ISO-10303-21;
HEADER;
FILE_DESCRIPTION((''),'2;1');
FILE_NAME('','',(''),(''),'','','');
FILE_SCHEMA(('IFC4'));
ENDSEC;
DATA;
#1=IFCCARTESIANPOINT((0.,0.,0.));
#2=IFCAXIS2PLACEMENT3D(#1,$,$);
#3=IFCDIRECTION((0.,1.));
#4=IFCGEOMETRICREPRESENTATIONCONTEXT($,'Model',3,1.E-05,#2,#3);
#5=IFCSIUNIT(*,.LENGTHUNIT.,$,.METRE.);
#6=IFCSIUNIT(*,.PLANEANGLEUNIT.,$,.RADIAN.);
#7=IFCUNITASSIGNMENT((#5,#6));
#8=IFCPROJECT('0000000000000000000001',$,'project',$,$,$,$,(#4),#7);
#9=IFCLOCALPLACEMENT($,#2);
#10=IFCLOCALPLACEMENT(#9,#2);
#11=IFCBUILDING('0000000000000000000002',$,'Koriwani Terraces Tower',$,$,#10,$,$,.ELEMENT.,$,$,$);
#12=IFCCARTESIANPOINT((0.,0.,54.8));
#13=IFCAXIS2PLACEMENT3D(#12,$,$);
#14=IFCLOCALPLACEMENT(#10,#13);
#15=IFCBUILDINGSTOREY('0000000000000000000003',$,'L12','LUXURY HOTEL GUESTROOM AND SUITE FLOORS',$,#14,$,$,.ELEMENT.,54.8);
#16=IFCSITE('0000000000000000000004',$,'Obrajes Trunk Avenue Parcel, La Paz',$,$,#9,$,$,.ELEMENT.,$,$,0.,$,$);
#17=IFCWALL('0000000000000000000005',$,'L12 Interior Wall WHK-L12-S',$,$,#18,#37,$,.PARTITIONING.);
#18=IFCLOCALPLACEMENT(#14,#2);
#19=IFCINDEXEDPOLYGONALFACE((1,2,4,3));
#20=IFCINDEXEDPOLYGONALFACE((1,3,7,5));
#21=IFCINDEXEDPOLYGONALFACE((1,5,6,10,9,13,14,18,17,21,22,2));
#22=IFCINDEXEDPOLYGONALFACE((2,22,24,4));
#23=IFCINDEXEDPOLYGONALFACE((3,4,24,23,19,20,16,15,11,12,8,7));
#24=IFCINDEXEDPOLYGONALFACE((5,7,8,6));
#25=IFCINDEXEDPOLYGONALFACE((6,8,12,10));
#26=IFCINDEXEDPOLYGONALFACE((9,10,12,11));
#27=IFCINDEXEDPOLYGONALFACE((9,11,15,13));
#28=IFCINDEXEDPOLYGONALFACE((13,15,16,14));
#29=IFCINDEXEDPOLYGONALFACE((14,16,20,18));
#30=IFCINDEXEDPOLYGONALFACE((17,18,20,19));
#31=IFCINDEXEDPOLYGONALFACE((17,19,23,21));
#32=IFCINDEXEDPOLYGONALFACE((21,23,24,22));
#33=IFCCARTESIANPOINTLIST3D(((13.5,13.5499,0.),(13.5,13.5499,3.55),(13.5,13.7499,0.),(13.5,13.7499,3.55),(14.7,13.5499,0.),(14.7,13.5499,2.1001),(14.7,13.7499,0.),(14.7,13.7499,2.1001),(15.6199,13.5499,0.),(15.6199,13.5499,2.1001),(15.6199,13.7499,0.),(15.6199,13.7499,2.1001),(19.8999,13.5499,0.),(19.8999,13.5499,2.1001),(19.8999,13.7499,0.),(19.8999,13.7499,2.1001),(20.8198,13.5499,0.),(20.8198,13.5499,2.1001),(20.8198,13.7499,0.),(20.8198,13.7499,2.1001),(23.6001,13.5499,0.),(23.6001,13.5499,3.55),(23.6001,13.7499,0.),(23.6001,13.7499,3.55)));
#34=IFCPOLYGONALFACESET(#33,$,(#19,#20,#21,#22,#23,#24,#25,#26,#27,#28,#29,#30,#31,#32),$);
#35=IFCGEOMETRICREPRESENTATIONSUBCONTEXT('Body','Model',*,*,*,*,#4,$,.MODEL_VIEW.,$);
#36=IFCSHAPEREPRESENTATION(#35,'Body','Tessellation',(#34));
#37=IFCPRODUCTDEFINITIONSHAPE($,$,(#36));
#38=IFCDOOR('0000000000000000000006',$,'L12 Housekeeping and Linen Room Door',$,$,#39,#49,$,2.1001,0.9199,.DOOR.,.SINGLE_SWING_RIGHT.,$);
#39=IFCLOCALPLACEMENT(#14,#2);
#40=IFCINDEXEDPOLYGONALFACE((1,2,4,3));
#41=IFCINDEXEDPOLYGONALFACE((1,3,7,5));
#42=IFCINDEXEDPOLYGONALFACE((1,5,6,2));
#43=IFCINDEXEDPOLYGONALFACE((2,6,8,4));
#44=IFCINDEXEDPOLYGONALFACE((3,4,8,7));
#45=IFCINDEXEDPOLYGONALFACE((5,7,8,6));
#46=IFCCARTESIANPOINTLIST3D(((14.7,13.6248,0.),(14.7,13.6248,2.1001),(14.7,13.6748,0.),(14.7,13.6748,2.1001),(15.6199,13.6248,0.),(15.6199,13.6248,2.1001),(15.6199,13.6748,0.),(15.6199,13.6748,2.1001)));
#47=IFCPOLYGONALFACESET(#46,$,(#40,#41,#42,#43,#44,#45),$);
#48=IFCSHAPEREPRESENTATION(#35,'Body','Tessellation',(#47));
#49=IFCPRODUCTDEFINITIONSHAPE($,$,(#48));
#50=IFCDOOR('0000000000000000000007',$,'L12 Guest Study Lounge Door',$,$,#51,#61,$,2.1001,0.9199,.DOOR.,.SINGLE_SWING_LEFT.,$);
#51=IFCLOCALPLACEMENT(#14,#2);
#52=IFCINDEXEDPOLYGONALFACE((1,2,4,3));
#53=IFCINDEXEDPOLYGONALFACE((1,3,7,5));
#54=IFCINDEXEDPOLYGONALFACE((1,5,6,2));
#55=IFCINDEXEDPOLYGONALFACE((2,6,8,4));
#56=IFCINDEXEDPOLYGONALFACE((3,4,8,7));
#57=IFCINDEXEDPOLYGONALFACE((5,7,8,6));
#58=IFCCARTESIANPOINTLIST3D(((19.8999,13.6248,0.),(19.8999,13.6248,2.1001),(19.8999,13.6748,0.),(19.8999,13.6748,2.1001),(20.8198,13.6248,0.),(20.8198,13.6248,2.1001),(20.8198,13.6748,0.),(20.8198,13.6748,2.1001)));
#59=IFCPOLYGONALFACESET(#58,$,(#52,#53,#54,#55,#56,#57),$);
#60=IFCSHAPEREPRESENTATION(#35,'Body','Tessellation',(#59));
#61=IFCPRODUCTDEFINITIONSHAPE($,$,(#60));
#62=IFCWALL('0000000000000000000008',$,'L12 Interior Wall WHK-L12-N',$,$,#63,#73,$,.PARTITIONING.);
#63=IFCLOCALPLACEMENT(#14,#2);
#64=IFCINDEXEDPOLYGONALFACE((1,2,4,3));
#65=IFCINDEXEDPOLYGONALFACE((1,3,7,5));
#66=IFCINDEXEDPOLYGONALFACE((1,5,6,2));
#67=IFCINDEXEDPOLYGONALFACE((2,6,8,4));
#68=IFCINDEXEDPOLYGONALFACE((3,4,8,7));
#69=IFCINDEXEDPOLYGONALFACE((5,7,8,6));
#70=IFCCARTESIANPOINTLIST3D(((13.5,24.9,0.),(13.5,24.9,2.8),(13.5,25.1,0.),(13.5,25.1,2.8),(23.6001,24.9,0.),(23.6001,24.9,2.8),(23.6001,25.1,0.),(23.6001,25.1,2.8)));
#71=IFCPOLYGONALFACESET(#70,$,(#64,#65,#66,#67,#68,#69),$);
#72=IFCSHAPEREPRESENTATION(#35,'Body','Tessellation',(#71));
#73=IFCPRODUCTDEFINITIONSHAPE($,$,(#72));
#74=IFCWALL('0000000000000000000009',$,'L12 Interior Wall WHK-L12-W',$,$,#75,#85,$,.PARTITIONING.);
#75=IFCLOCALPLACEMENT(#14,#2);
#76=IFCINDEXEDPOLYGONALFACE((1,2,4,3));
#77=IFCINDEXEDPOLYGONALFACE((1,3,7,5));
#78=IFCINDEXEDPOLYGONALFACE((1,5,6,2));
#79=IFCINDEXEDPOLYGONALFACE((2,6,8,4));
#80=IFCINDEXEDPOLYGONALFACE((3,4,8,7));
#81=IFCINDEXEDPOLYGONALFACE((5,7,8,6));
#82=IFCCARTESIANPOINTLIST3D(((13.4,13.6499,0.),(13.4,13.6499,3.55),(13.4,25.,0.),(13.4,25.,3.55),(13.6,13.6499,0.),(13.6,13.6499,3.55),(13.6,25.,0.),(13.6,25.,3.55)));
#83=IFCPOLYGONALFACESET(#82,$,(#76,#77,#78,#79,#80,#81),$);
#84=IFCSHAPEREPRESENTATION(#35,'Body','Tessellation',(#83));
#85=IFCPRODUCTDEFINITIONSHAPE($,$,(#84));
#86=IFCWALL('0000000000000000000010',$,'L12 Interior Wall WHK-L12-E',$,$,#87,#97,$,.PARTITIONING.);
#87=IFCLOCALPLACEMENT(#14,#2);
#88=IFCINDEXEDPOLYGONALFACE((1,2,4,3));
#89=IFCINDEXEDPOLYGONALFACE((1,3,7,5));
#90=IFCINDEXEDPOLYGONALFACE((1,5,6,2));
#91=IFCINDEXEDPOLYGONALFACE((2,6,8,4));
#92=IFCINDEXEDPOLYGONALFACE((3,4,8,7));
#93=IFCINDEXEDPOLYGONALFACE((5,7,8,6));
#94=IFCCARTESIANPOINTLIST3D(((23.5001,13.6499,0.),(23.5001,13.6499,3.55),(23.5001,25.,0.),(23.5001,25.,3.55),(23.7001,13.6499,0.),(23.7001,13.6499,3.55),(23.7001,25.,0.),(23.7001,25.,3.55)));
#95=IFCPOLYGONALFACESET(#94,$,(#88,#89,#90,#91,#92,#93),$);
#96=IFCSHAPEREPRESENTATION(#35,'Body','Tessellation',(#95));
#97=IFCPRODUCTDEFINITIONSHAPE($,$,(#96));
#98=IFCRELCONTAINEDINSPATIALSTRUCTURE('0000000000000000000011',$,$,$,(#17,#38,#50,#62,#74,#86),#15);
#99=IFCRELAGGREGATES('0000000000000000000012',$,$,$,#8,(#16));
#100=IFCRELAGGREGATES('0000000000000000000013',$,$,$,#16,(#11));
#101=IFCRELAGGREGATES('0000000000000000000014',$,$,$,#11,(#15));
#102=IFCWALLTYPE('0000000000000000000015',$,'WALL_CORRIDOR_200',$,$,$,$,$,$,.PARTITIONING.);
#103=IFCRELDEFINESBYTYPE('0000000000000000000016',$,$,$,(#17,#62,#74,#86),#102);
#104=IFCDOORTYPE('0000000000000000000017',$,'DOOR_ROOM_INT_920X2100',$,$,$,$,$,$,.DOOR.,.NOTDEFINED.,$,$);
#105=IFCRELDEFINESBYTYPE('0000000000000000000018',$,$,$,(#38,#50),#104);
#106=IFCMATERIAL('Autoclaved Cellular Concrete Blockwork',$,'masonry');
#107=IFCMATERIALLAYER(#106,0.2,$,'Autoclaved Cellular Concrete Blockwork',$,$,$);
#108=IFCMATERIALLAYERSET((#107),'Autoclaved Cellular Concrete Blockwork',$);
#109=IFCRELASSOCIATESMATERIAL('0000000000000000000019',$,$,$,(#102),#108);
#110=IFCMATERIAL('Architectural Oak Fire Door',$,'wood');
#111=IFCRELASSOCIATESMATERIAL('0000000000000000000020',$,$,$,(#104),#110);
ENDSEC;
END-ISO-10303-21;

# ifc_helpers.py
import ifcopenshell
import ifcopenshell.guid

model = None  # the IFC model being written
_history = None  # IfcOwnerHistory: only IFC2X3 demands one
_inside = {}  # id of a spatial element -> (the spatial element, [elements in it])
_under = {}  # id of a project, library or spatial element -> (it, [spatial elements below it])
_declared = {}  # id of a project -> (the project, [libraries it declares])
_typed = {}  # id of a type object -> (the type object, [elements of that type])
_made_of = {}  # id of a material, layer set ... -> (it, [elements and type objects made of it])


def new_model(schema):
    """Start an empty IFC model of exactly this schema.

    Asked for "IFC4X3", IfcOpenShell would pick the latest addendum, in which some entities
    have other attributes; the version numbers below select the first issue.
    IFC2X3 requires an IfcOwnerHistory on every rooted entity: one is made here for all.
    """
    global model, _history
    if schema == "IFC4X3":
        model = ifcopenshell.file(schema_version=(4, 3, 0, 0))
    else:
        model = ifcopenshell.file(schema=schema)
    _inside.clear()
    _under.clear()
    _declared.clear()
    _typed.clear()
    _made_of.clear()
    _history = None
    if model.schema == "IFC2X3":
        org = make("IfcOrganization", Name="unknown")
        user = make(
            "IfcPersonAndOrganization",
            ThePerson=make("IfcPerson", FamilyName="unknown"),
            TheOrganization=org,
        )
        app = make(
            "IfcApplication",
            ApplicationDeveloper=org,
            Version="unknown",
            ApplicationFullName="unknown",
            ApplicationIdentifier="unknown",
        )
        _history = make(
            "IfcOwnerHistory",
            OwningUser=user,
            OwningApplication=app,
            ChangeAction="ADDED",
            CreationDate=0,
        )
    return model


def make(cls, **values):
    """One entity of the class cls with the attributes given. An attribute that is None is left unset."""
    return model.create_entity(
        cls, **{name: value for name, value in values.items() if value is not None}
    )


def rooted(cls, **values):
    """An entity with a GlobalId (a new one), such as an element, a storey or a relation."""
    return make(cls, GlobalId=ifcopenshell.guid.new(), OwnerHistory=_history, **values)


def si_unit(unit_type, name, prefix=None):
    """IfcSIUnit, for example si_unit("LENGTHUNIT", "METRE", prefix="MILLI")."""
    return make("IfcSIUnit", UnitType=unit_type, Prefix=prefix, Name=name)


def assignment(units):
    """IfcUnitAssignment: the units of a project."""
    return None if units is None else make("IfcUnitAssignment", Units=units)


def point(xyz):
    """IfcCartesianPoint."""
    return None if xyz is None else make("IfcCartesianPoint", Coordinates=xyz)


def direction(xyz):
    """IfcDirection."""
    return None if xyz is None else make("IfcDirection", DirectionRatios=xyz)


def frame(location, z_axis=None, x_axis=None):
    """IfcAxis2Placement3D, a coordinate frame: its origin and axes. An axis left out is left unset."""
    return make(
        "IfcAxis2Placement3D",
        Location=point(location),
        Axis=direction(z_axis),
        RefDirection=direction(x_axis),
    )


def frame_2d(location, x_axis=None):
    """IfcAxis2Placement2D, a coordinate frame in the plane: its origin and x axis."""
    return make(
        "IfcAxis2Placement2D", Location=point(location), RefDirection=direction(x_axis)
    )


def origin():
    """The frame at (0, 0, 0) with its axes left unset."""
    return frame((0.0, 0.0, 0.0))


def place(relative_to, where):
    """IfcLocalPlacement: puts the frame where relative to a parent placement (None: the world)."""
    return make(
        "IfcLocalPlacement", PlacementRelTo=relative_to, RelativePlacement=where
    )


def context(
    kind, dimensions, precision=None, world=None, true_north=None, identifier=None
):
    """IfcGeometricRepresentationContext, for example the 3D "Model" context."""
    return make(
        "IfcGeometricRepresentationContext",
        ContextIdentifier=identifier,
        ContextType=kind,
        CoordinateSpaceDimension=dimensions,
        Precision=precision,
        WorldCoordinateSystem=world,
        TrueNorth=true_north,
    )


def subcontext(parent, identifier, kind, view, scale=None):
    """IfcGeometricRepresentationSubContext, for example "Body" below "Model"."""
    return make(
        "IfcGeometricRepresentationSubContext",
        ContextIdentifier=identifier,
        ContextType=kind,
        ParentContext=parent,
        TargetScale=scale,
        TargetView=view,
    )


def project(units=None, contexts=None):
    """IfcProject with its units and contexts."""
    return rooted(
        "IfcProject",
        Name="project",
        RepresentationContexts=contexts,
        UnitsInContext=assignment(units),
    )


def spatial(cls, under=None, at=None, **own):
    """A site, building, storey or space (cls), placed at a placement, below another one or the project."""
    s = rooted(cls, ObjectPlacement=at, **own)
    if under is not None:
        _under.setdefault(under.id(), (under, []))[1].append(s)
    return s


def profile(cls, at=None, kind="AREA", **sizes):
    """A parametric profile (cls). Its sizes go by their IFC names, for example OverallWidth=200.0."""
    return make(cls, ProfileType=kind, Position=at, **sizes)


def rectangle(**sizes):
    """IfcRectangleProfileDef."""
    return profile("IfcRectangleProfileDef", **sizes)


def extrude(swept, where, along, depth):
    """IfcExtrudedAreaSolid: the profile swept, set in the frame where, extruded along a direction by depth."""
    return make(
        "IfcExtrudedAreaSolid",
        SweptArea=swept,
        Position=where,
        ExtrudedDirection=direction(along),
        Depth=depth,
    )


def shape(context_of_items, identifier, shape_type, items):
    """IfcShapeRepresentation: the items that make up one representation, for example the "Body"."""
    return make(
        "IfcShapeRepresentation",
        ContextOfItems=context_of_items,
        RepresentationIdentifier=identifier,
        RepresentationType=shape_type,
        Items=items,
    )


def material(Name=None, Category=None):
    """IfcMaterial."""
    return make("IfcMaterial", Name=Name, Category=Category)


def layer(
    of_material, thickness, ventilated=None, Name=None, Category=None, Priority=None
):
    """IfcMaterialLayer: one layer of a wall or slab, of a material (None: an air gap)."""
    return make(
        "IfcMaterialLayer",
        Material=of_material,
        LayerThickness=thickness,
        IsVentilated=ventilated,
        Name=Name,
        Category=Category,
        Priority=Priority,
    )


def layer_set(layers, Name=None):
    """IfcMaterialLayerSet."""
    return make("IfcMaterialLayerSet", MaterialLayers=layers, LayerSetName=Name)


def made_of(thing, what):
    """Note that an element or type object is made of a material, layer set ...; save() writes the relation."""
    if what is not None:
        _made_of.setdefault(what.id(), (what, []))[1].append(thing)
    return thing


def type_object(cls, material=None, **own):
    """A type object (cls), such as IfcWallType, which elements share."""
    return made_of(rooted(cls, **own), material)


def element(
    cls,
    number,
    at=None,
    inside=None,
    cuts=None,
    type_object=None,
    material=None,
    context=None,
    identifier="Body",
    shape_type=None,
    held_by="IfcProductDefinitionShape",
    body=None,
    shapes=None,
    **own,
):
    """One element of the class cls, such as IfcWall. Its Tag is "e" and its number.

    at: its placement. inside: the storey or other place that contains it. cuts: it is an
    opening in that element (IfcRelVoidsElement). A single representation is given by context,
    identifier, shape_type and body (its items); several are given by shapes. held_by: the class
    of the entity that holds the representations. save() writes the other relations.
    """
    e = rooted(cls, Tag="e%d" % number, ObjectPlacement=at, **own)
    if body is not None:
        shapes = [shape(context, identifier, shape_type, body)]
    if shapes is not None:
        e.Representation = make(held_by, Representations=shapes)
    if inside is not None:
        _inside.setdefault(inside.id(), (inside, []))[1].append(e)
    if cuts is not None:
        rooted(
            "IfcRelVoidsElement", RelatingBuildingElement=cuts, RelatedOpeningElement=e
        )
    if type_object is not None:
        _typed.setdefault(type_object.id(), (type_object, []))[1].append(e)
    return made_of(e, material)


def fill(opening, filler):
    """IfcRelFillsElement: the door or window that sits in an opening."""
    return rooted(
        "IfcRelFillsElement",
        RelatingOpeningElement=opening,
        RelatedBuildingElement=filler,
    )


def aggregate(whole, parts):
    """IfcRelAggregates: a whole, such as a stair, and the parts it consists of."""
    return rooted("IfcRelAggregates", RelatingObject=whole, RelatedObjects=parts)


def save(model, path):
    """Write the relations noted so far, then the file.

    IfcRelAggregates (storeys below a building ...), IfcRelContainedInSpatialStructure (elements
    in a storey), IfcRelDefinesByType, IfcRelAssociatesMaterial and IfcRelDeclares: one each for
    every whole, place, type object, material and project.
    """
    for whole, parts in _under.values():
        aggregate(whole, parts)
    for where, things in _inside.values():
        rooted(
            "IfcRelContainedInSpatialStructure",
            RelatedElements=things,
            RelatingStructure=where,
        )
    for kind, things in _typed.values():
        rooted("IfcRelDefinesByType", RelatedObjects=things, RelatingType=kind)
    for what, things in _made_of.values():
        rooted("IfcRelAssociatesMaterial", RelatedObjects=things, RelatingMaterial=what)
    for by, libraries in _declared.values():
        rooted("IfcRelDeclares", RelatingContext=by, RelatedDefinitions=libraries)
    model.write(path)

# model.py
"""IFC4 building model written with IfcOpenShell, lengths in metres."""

from ifc_helpers import new_model, si_unit, direction, frame, frame_2d, origin, place, context, subcontext, project, spatial, rectangle, extrude, material, layer, layer_set, type_object, element, fill, save


model = new_model("IFC4")

# Units and contexts
model_context = context("Model", 3, precision=1e-05, world=origin(), true_north=direction((0.0, 1.0)))
body_context = subcontext(model_context, "Body", "Model", "MODEL_VIEW")
ifc_project = project(units=[si_unit("LENGTHUNIT", "METRE"), si_unit("PLANEANGLEUNIT", "RADIAN")], contexts=[model_context])

# Site, building, storey
site_placement = place(None, origin())
site = spatial("IfcSite", under=ifc_project, at=site_placement, Name="Obrajes Trunk Avenue Parcel, La Paz", CompositionType="ELEMENT", RefElevation=0.0)
building_placement = place(site_placement, origin())
building = spatial("IfcBuilding", under=site, at=building_placement, Name="Koriwani Terraces Tower", CompositionType="ELEMENT")
storey_placement = place(building_placement, frame((0.0, 0.0, 54.8)))
storey = spatial("IfcBuildingStorey", under=building, at=storey_placement, Name="L12", Description="LUXURY HOTEL GUESTROOM AND SUITE FLOORS", CompositionType="ELEMENT", Elevation=54.8)

# Wall, openings, doors
ifc_material_1 = material(Name="Autoclaved Cellular Concrete Blockwork", Category="masonry")
ifc_layer_1 = layer(ifc_material_1, 0.2, Name="Autoclaved Cellular Concrete Blockwork")
ifc_layer_set_1 = layer_set([ifc_layer_1], Name="Autoclaved Cellular Concrete Blockwork")
wall_type_1 = type_object("IfcWallType", Name="WALL_CORRIDOR_200", PredefinedType="PARTITIONING", material=ifc_layer_set_1)
wall_1_placement = place(storey_placement, frame((13.5, 13.6499, 0.0), z_axis=(0.0, 0.0, 1.0), x_axis=(1.0, 0.0, 0.0)))
wall_1 = element("IfcWall", 1, at=wall_1_placement, inside=storey, type_object=wall_type_1, Name="L12 Interior Wall WHK-L12-S", PredefinedType="PARTITIONING", context=body_context, shape_type="SweptSolid", body=[
    extrude(rectangle(XDim=10.1001, YDim=0.2, at=frame_2d((5.05, 0.0))), origin(), (0.0, 0.0, 1.0), 3.55),
])
opening_1_placement = place(wall_1_placement, frame((1.2, 0.0, 0.0)))
opening_1 = element("IfcOpeningElement", 2, at=opening_1_placement, cuts=wall_1, PredefinedType="OPENING", context=body_context, shape_type="SweptSolid", body=[
    extrude(rectangle(XDim=0.9199, YDim=2.1001, at=frame_2d((0.46, 1.05))), frame((0.0, 0.1099, 0.0), z_axis=(0.0, -1.0, 0.0), x_axis=(1.0, 0.0, 0.0)), (0.0, 0.0, 1.0), 0.22),
])
opening_2_placement = place(wall_1_placement, frame((6.3999, 0.0, 0.0)))
opening_2 = element("IfcOpeningElement", 3, at=opening_2_placement, cuts=wall_1, PredefinedType="OPENING", context=body_context, shape_type="SweptSolid", body=[
    extrude(rectangle(XDim=0.9199, YDim=2.1001, at=frame_2d((0.46, 1.05))), frame((0.0, 0.1099, 0.0), z_axis=(0.0, -1.0, 0.0), x_axis=(1.0, 0.0, 0.0)), (0.0, 0.0, 1.0), 0.22),
])
ifc_material_2 = material(Name="Architectural Oak Fire Door", Category="wood")
door_type_1 = type_object("IfcDoorType", Name="DOOR_ROOM_INT_920X2100", OperationType="NOTDEFINED", PredefinedType="DOOR", material=ifc_material_2)
door_1_placement = place(opening_1_placement, origin())
door_1 = element("IfcDoor", 4, at=door_1_placement, inside=storey, type_object=door_type_1, Name="L12 Housekeeping and Linen Room Door", OperationType="SINGLE_SWING_RIGHT", OverallHeight=2.1001, OverallWidth=0.9199, PredefinedType="DOOR", context=body_context, shape_type="SweptSolid", body=[
    extrude(rectangle(XDim=0.9199, YDim=2.1001, at=frame_2d((0.46, 1.05))), frame((0.0, 0.0249, 0.0), z_axis=(0.0, -1.0, 0.0), x_axis=(1.0, 0.0, 0.0)), (0.0, 0.0, 1.0), 0.05),
])
fill(opening_1, door_1)
door_2_placement = place(opening_2_placement, origin())
door_2 = element("IfcDoor", 5, at=door_2_placement, inside=storey, type_object=door_type_1, Name="L12 Guest Study Lounge Door", OperationType="SINGLE_SWING_LEFT", OverallHeight=2.1001, OverallWidth=0.9199, PredefinedType="DOOR", context=body_context, shape_type="SweptSolid", body=[
    extrude(rectangle(XDim=0.9199, YDim=2.1001, at=frame_2d((0.46, 1.05))), frame((0.0, 0.0249, 0.0), z_axis=(0.0, -1.0, 0.0), x_axis=(1.0, 0.0, 0.0)), (0.0, 0.0, 1.0), 0.05),
])
fill(opening_2, door_2)

# Walls
wall_2_placement = place(storey_placement, frame((13.5, 25.0, 0.0), z_axis=(0.0, 0.0, 1.0), x_axis=(1.0, 0.0, 0.0)))
element("IfcWall", 6, at=wall_2_placement, inside=storey, type_object=wall_type_1, Name="L12 Interior Wall WHK-L12-N", PredefinedType="PARTITIONING", context=body_context, shape_type="SweptSolid", body=[
    extrude(rectangle(XDim=10.1001, YDim=0.2, at=frame_2d((5.05, 0.0))), origin(), (0.0, 0.0, 1.0), 2.8),
])
for number, where, z_axis, x_axis, name in (
    (7, (13.5, 13.6499, 0.0), (0.0, 0.0, 1.0), (0.0, 1.0, 0.0), "L12 Interior Wall WHK-L12-W"),
    (8, (23.6001, 13.6499, 0.0), (0.0, 0.0, 1.0), (0.0, 1.0, 0.0), "L12 Interior Wall WHK-L12-E"),
):
    element("IfcWall", number, at=place(storey_placement, frame(where, z_axis=z_axis, x_axis=x_axis)), inside=storey, type_object=wall_type_1, Name=name, PredefinedType="PARTITIONING", context=body_context, shape_type="SweptSolid", body=[
        extrude(rectangle(XDim=11.3501, YDim=0.2, at=frame_2d((5.675, 0.0))), origin(), (0.0, 0.0, 1.0), 3.55),
    ])

save(model, "model.ifc")
